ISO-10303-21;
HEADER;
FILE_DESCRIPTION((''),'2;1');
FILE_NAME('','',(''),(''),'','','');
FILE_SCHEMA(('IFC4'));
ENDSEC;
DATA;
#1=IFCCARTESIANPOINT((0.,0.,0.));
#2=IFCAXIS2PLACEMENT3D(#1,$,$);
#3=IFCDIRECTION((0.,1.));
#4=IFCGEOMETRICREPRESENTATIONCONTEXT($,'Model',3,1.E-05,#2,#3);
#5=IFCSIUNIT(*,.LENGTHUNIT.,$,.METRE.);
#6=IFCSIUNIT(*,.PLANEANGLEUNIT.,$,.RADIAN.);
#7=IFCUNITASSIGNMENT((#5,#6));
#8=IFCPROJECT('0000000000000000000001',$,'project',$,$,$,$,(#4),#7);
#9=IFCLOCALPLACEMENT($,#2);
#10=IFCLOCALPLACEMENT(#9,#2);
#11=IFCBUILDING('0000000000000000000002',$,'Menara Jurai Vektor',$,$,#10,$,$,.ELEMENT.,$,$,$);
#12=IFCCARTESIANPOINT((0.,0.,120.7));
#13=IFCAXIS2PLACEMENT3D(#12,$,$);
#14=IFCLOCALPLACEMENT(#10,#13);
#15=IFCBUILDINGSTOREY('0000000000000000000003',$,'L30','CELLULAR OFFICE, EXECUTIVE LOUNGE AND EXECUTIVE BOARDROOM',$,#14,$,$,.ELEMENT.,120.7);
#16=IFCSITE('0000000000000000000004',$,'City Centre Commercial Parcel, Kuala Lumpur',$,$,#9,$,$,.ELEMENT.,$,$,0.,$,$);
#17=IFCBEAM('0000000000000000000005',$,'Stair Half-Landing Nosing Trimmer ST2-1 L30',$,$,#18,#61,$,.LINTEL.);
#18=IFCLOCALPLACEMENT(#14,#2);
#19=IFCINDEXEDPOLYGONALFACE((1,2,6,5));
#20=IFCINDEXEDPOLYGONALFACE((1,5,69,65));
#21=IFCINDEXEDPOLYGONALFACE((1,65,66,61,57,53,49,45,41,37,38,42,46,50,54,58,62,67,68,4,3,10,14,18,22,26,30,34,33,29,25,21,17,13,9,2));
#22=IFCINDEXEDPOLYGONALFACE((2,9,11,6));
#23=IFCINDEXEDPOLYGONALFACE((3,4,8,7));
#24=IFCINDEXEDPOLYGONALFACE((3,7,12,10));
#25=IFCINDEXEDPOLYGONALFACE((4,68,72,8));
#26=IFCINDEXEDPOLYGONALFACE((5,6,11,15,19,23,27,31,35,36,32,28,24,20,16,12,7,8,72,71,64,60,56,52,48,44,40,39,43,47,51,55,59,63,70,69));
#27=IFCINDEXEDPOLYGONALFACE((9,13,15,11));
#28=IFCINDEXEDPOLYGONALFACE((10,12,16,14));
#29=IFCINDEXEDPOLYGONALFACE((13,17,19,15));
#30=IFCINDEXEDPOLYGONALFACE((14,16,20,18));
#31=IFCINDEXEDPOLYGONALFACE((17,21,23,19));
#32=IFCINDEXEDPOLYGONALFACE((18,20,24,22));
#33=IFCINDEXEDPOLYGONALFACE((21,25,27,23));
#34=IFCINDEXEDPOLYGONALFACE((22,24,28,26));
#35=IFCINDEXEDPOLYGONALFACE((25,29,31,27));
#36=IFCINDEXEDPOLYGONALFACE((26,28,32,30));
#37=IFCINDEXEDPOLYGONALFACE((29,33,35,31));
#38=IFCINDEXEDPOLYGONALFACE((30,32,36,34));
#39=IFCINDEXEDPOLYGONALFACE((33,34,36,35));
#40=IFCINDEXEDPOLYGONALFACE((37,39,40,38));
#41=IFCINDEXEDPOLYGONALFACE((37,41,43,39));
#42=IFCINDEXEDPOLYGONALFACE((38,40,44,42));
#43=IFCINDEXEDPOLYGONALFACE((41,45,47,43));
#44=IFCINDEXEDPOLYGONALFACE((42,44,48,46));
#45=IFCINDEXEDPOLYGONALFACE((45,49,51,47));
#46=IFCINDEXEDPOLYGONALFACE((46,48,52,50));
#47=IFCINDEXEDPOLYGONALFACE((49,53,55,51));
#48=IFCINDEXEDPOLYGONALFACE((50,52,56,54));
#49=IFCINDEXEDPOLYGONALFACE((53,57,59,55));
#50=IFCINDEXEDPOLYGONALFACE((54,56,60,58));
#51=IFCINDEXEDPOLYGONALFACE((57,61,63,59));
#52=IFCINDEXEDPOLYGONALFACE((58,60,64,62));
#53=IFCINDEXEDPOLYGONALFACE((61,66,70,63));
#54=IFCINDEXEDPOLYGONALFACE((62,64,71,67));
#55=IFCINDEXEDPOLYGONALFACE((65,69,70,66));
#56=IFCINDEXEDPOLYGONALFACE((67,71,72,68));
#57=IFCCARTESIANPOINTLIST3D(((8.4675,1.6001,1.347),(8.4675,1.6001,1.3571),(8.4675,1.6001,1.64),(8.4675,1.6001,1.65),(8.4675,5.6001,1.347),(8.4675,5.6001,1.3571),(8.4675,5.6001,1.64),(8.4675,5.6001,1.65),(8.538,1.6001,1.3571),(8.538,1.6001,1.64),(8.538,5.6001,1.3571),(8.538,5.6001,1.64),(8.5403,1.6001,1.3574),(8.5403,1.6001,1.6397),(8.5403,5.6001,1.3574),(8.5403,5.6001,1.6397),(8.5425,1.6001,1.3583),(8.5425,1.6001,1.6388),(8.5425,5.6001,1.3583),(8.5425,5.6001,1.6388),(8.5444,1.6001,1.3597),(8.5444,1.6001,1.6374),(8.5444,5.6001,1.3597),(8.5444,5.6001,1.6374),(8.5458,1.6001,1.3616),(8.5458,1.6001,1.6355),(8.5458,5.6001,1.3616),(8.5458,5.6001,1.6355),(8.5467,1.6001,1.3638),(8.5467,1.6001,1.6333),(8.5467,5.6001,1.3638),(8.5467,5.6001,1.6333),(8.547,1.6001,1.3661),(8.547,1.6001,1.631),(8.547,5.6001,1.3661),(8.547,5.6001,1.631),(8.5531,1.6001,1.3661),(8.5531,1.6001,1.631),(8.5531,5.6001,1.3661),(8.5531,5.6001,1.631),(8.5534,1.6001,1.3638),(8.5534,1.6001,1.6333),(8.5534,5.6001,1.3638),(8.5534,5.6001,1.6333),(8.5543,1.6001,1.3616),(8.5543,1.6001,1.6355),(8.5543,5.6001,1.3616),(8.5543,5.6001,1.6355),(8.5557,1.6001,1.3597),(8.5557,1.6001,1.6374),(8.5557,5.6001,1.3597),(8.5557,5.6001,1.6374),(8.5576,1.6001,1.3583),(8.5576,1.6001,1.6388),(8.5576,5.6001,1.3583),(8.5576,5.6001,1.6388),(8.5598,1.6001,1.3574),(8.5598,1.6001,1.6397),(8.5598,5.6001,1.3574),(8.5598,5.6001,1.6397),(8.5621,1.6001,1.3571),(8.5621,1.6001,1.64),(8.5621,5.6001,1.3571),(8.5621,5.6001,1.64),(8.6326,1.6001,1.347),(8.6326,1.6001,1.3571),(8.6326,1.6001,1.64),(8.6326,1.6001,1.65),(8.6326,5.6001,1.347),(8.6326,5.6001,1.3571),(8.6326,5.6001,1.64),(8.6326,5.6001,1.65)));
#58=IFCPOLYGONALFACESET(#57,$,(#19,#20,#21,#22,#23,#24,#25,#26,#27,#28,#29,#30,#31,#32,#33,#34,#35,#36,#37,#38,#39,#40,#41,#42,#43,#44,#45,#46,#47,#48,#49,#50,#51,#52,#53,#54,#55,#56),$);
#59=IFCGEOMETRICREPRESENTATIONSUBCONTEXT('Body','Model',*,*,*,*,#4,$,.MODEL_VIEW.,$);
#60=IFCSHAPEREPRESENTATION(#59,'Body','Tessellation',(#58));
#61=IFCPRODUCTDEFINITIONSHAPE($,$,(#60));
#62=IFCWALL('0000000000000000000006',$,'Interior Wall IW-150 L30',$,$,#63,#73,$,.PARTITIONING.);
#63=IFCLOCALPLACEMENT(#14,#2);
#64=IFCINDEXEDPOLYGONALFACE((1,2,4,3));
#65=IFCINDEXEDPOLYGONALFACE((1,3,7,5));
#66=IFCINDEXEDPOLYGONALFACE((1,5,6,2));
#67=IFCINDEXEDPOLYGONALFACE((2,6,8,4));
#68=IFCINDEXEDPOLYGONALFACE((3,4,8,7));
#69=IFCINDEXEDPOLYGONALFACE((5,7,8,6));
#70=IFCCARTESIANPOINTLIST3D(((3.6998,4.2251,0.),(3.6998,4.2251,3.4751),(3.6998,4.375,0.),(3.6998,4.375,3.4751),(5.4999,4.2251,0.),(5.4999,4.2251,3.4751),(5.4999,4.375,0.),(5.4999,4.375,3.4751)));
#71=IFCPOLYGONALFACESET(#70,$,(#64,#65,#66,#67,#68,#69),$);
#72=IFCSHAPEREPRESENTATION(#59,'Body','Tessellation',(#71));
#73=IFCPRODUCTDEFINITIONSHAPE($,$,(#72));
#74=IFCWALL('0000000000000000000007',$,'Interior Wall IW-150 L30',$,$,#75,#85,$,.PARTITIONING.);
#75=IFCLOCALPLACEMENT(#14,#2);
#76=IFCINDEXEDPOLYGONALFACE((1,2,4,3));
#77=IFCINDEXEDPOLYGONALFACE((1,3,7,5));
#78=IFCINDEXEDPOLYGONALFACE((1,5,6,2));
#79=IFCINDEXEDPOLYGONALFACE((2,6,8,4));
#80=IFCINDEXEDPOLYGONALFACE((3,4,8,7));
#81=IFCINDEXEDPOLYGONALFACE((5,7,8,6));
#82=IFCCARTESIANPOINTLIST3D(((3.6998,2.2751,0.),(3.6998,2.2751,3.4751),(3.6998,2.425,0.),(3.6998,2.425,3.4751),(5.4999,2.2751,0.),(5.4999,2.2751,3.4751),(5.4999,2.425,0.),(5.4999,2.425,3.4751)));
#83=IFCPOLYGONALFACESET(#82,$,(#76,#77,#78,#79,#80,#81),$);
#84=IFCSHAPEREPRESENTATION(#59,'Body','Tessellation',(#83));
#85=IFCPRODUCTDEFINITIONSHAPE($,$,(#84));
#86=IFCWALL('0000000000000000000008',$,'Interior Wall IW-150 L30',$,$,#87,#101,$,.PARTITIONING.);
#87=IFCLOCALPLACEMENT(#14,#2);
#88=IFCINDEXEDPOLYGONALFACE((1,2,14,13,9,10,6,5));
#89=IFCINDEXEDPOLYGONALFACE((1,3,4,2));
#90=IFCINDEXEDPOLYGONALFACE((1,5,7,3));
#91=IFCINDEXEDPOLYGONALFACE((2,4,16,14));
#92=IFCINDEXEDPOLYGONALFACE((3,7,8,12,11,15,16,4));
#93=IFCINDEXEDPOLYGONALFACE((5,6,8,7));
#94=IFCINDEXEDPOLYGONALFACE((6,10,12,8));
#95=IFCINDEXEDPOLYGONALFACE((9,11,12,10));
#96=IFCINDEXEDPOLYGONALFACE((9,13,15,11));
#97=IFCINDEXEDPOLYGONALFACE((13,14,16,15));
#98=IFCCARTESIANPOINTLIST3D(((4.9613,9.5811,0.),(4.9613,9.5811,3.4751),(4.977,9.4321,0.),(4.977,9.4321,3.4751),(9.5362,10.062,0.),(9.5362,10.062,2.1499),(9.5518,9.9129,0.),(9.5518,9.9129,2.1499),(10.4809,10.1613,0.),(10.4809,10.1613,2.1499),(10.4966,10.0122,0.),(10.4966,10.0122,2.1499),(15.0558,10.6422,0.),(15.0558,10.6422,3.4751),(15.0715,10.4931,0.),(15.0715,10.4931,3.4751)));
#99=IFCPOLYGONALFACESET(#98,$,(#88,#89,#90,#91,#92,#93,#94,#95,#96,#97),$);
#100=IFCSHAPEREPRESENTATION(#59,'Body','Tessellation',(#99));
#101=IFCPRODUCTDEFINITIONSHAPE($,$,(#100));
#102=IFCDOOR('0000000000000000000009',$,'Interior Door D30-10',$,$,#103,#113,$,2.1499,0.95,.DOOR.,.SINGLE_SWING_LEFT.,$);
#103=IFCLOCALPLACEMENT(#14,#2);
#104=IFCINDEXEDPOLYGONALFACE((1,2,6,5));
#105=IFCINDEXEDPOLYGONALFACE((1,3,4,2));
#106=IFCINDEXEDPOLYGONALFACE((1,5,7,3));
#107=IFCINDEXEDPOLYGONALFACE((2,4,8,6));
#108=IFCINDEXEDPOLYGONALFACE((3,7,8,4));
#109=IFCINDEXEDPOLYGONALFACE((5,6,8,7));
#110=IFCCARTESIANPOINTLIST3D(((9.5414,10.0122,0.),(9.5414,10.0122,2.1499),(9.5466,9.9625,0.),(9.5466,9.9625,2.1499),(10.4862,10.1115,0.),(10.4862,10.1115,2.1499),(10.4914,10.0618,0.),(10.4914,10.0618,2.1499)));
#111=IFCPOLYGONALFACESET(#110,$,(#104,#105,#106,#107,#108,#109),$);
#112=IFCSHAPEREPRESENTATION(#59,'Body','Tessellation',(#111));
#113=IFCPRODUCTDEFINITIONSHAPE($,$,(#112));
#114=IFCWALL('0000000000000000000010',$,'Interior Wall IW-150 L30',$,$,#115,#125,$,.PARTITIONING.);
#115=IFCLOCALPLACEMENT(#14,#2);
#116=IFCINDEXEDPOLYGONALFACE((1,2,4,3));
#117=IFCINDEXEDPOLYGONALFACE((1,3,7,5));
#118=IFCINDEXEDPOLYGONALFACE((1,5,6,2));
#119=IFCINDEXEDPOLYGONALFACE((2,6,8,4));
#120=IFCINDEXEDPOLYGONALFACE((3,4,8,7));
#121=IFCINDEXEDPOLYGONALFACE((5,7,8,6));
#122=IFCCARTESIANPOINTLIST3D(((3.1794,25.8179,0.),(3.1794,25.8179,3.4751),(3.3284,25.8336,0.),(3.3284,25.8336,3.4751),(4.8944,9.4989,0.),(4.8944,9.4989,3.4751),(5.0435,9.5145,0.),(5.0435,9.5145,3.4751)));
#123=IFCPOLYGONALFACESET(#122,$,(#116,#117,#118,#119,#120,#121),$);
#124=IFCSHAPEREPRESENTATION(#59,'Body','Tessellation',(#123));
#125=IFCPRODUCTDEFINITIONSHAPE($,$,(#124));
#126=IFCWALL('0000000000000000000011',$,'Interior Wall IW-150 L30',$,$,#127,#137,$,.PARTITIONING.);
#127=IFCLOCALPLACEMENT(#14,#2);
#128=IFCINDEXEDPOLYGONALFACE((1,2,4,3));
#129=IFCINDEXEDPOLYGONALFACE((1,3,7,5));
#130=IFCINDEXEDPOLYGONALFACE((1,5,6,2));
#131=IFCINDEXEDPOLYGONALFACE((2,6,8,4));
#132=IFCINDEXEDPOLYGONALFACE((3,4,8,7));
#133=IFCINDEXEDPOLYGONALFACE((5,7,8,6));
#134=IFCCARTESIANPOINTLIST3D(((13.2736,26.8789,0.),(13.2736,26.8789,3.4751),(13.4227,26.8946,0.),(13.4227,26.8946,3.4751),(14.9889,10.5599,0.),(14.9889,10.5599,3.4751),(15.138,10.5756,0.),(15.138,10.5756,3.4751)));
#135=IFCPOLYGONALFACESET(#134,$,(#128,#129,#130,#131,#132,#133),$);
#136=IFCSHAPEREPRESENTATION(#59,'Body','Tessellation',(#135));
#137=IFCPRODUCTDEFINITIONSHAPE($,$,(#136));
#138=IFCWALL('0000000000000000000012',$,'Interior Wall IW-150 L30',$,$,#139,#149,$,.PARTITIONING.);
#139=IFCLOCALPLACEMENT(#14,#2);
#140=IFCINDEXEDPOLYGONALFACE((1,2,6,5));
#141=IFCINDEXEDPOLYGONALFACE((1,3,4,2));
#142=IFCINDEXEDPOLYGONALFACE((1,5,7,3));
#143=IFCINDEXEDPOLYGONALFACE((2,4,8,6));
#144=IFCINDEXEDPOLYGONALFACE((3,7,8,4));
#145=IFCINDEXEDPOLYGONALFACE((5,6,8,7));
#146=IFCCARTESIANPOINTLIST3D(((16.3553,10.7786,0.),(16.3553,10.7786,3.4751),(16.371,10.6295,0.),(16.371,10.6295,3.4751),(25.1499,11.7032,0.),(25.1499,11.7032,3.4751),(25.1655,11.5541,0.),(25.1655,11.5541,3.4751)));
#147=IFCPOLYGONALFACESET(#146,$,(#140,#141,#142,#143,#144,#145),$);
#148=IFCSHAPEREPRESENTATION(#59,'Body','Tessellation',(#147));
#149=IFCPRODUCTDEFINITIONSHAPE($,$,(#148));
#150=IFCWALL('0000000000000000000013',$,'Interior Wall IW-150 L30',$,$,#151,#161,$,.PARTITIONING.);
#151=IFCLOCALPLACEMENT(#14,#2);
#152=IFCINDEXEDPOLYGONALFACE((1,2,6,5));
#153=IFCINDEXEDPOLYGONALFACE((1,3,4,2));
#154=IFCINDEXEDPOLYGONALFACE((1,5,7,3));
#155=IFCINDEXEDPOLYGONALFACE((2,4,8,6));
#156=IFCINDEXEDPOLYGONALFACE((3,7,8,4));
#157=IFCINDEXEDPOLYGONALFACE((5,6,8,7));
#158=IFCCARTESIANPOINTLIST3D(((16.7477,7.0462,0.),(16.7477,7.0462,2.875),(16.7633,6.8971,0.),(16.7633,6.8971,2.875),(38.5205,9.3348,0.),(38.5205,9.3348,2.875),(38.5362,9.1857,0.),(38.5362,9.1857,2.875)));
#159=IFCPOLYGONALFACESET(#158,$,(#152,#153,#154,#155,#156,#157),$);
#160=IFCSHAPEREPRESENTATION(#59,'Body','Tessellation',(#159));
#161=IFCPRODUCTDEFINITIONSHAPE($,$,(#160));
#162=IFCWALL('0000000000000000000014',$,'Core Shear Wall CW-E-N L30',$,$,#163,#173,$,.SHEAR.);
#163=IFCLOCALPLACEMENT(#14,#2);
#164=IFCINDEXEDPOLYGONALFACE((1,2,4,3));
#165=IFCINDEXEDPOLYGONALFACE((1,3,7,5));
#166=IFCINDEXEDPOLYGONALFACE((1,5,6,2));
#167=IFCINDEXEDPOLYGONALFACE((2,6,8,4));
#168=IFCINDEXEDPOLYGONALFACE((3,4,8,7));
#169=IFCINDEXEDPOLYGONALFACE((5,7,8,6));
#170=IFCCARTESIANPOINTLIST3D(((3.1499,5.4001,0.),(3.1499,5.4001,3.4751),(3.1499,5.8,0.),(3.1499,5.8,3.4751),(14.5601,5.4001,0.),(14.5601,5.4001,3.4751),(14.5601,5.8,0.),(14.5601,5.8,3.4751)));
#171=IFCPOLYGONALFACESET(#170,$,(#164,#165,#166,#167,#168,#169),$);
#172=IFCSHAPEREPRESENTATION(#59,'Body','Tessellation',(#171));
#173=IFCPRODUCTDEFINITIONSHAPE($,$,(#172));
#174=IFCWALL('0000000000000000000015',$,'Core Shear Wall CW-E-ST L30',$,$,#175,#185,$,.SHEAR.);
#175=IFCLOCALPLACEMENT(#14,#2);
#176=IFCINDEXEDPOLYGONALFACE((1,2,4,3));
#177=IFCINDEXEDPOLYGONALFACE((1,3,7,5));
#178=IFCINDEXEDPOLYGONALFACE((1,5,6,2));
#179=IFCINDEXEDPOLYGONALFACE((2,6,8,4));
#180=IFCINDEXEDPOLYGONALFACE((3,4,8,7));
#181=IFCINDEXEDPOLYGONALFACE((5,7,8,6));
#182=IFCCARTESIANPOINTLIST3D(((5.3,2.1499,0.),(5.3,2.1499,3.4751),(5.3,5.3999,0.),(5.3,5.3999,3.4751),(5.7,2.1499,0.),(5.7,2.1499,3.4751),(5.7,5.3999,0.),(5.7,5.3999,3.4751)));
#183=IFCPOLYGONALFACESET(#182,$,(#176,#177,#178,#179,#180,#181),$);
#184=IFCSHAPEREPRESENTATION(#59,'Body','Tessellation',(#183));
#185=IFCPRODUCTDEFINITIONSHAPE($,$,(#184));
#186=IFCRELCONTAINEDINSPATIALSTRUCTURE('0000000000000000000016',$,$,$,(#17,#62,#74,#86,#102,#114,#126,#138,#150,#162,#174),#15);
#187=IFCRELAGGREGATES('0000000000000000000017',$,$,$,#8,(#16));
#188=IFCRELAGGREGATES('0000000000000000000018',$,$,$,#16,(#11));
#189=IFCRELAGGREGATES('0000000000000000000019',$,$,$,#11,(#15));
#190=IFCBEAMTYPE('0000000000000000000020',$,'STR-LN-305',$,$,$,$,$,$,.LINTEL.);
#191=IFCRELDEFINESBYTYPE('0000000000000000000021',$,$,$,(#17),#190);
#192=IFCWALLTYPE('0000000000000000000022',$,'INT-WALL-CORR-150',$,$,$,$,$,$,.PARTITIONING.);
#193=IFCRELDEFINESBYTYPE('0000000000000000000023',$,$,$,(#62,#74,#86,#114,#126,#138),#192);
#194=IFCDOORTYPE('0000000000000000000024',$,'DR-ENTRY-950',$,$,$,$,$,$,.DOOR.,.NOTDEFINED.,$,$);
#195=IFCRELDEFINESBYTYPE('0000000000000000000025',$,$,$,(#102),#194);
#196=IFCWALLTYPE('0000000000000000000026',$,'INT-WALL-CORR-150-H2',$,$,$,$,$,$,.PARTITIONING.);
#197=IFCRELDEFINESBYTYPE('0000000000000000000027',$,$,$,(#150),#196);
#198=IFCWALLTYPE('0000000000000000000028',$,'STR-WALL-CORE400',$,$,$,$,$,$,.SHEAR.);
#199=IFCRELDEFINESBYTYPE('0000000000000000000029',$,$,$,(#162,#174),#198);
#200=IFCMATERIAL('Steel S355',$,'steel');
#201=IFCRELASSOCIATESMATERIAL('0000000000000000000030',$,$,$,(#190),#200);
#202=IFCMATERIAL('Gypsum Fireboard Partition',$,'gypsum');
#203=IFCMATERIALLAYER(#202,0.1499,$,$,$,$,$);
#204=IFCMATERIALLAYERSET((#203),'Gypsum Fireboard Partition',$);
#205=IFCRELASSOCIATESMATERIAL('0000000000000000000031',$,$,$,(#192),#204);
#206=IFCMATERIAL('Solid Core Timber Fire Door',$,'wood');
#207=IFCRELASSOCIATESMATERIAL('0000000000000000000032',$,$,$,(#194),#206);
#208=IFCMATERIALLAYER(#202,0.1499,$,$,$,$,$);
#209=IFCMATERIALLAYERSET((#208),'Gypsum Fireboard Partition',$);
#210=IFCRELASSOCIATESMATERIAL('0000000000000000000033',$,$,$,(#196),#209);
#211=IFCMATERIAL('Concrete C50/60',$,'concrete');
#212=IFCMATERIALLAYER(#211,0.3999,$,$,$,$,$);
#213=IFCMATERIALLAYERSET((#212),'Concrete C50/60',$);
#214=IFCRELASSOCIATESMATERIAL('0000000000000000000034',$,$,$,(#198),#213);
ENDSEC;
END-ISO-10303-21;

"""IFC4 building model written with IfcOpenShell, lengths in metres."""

from ifc_helpers import new_model, si_unit, direction, frame, frame_2d, origin, origin_2d, place, context, subcontext, project, spatial, rectangle, i_section, extrude, material, layer, layer_set, material_profile, profile_set, type_object, element, fill, save


model = new_model("IFC4")

# Units and contexts
model_context = context("Model", 3, precision=1e-05, world=origin(), true_north=direction((0.0, 1.0)))
body_context = subcontext(model_context, "Body", "Model", "MODEL_VIEW")
ifc_project = project(units=[si_unit("LENGTHUNIT", "METRE"), si_unit("PLANEANGLEUNIT", "RADIAN")], contexts=[model_context])

# Site, building, storey
site_placement = place(None, origin())
site = spatial("IfcSite", under=ifc_project, at=site_placement, Name="City Centre Commercial Parcel, Kuala Lumpur", CompositionType="ELEMENT", RefElevation=0.0)
building_placement = place(site_placement, origin())
building = spatial("IfcBuilding", under=site, at=building_placement, Name="Menara Jurai Vektor", CompositionType="ELEMENT")
storey_placement = place(building_placement, frame((0.0, 0.0, 120.7)))
storey = spatial("IfcBuildingStorey", under=building, at=storey_placement, Name="L30", Description="CELLULAR OFFICE, EXECUTIVE LOUNGE AND EXECUTIVE BOARDROOM", CompositionType="ELEMENT", Elevation=120.7)

# Shared definitions
ifc_material_1 = material(Name="Concrete C50/60", Category="concrete")
ifc_material_2 = material(Name="Steel S355", Category="steel")

# Beam
ifc_material_profile_1 = material_profile(ifc_material_2, i_section(OverallWidth=0.165, OverallDepth=0.303, WebThickness=0.0061, FlangeThickness=0.01, FilletRadius=0.009, at=origin_2d()), Name="UKB 305x165x40")
ifc_profile_set_1 = profile_set([ifc_material_profile_1], Name="Steel S355")
beam_type_1 = type_object("IfcBeamType", Name="STR-LN-305", PredefinedType="LINTEL", material=ifc_profile_set_1)
beam_1_placement = place(storey_placement, frame((8.55, 1.6001, 1.4985), z_axis=(0.0, 1.0, 0.0), x_axis=(-1.0, 0.0, 0.0)))
element("IfcBeam", 1, at=beam_1_placement, inside=storey, type_object=beam_type_1, Name="Stair Half-Landing Nosing Trimmer ST2-1 L30", PredefinedType="LINTEL", context=body_context, shape_type="SweptSolid", body=[
    extrude(i_section(OverallWidth=0.165, OverallDepth=0.303, WebThickness=0.0061, FlangeThickness=0.01, FilletRadius=0.009, at=origin_2d()), origin(), (0.0, 0.0, 1.0), 4.0),
])

# Walls
ifc_material_3 = material(Name="Gypsum Fireboard Partition", Category="gypsum")
ifc_layer_1 = layer(ifc_material_3, 0.1499)
ifc_layer_set_1 = layer_set([ifc_layer_1], Name="Gypsum Fireboard Partition")
wall_type_1 = type_object("IfcWallType", Name="INT-WALL-CORR-150", PredefinedType="PARTITIONING", material=ifc_layer_set_1)
for number, where, z_axis, x_axis, name in (
    (2, (3.7, 4.3, 0.0), (0.0, 0.0, 1.0), (1.0, 0.0, 0.0), "Interior Wall IW-150 L30"),
    (3, (3.7, 2.3501, 0.0), (0.0, 0.0, 1.0), (1.0, 0.0, 0.0), "Interior Wall IW-150 L30"),
):
    element("IfcWall", number, at=place(storey_placement, frame(where, z_axis=z_axis, x_axis=x_axis)), inside=storey, type_object=wall_type_1, Name=name, PredefinedType="PARTITIONING", context=body_context, shape_type="SweptSolid", body=[
        extrude(rectangle(XDim=1.8, YDim=0.1499, at=frame_2d((0.8999, 0.0))), origin(), (0.0, 0.0, 1.0), 3.4751),
    ])

# Wall, opening, door
wall_1_placement = place(storey_placement, frame((4.969, 9.5066, 0.0), z_axis=(0.0, 0.0, 1.0), x_axis=(0.994521, 0.104535, 0.0)))
wall_1 = element("IfcWall", 4, at=wall_1_placement, inside=storey, type_object=wall_type_1, Name="Interior Wall IW-150 L30", PredefinedType="PARTITIONING", context=body_context, shape_type="SweptSolid", body=[
    extrude(rectangle(XDim=10.1501, YDim=0.1499, at=frame_2d((5.0752, 0.0))), origin(), (0.0, 0.0, 1.0), 3.4751),
])
opening_1_placement = place(wall_1_placement, frame((4.6001, 0.0, 0.0)))
opening_1 = element("IfcOpeningElement", 5, at=opening_1_placement, cuts=wall_1, PredefinedType="OPENING", context=body_context, shape_type="SweptSolid", body=[
    extrude(rectangle(XDim=0.95, YDim=2.1499, at=frame_2d((0.4751, 1.075))), frame((0.0, 0.085, 0.0), z_axis=(0.0, -1.0, 0.0), x_axis=(1.0, 0.0, 0.0)), (0.0, 0.0, 1.0), 0.1699),
])
ifc_material_4 = material(Name="Solid Core Timber Fire Door", Category="wood")
door_type_1 = type_object("IfcDoorType", Name="DR-ENTRY-950", OperationType="NOTDEFINED", PredefinedType="DOOR", material=ifc_material_4)
door_1_placement = place(opening_1_placement, origin())
door_1 = element("IfcDoor", 6, at=door_1_placement, inside=storey, type_object=door_type_1, Name="Interior Door D30-10", OperationType="SINGLE_SWING_LEFT", OverallHeight=2.1499, OverallWidth=0.95, PredefinedType="DOOR", context=body_context, shape_type="SweptSolid", body=[
    extrude(rectangle(XDim=0.95, YDim=2.1499, at=frame_2d((0.4751, 1.075))), frame((0.0, 0.0249, 0.0), z_axis=(0.0, -1.0, 0.0), x_axis=(1.0, 0.0, 0.0)), (0.0, 0.0, 1.0), 0.05),
])
fill(opening_1, door_1)

# Walls
for number, where, z_axis, x_axis, name in (
    (7, (4.969, 9.5066, 0.0), (0.0, 0.0, 1.0), (-0.104521, 0.994523, 0.0), "Interior Wall IW-150 L30"),
    (8, (15.0635, 10.5676, 0.0), (0.0, 0.0, 1.0), (-0.104536, 0.994521, 0.0), "Interior Wall IW-150 L30"),
):
    element("IfcWall", number, at=place(storey_placement, frame(where, z_axis=z_axis, x_axis=x_axis)), inside=storey, type_object=wall_type_1, Name=name, PredefinedType="PARTITIONING", context=body_context, shape_type="SweptSolid", body=[
        extrude(rectangle(XDim=16.4089, YDim=0.1499, at=frame_2d((8.2046, 0.0))), origin(), (0.0, 0.0, 1.0), 3.4751),
    ])
wall_2_placement = place(storey_placement, frame((16.3633, 10.7041, 0.0), z_axis=(0.0, 0.0, 1.0), x_axis=(0.994519, 0.104554, 0.0)))
element("IfcWall", 9, at=wall_2_placement, inside=storey, type_object=wall_type_1, Name="Interior Wall IW-150 L30", PredefinedType="PARTITIONING", context=body_context, shape_type="SweptSolid", body=[
    extrude(rectangle(XDim=8.843, YDim=0.1499, at=frame_2d((4.4214, 0.0))), origin(), (0.0, 0.0, 1.0), 3.4751),
])
ifc_layer_2 = layer(ifc_material_3, 0.1499)
ifc_layer_set_2 = layer_set([ifc_layer_2], Name="Gypsum Fireboard Partition")
wall_type_2 = type_object("IfcWallType", Name="INT-WALL-CORR-150-H2", PredefinedType="PARTITIONING", material=ifc_layer_set_2)
wall_3_placement = place(storey_placement, frame((16.7556, 6.9717, 0.0), z_axis=(0.0, 0.0, 1.0), x_axis=(0.994521, 0.104535, 0.0)))
element("IfcWall", 10, at=wall_3_placement, inside=storey, type_object=wall_type_2, Name="Interior Wall IW-150 L30", PredefinedType="PARTITIONING", context=body_context, shape_type="SweptSolid", body=[
    extrude(rectangle(XDim=21.8928, YDim=0.1499, at=frame_2d((10.9463, 0.0))), origin(), (0.0, 0.0, 1.0), 2.875),
])
ifc_layer_3 = layer(ifc_material_1, 0.3999)
ifc_layer_set_3 = layer_set([ifc_layer_3], Name="Concrete C50/60")
wall_type_3 = type_object("IfcWallType", Name="STR-WALL-CORE400", PredefinedType="SHEAR", material=ifc_layer_set_3)
wall_4_placement = place(storey_placement, frame((3.1499, 5.6001, 0.0), z_axis=(0.0, 0.0, 1.0), x_axis=(1.0, 0.0, 0.0)))
element("IfcWall", 11, at=wall_4_placement, inside=storey, type_object=wall_type_3, Name="Core Shear Wall CW-E-N L30", PredefinedType="SHEAR", context=body_context, shape_type="SweptSolid", body=[
    extrude(rectangle(XDim=11.4102, YDim=0.3999, at=frame_2d((5.7051, 0.0))), origin(), (0.0, 0.0, 1.0), 3.4751),
])
wall_5_placement = place(storey_placement, frame((5.5, 2.1499, 0.0), z_axis=(0.0, 0.0, 1.0), x_axis=(0.0, 1.0, 0.0)))
element("IfcWall", 12, at=wall_5_placement, inside=storey, type_object=wall_type_3, Name="Core Shear Wall CW-E-ST L30", PredefinedType="SHEAR", context=body_context, shape_type="SweptSolid", body=[
    extrude(rectangle(XDim=3.25, YDim=0.3999, at=frame_2d((1.625, 0.0))), origin(), (0.0, 0.0, 1.0), 3.4751),
])

save(model, "model.ifc")
